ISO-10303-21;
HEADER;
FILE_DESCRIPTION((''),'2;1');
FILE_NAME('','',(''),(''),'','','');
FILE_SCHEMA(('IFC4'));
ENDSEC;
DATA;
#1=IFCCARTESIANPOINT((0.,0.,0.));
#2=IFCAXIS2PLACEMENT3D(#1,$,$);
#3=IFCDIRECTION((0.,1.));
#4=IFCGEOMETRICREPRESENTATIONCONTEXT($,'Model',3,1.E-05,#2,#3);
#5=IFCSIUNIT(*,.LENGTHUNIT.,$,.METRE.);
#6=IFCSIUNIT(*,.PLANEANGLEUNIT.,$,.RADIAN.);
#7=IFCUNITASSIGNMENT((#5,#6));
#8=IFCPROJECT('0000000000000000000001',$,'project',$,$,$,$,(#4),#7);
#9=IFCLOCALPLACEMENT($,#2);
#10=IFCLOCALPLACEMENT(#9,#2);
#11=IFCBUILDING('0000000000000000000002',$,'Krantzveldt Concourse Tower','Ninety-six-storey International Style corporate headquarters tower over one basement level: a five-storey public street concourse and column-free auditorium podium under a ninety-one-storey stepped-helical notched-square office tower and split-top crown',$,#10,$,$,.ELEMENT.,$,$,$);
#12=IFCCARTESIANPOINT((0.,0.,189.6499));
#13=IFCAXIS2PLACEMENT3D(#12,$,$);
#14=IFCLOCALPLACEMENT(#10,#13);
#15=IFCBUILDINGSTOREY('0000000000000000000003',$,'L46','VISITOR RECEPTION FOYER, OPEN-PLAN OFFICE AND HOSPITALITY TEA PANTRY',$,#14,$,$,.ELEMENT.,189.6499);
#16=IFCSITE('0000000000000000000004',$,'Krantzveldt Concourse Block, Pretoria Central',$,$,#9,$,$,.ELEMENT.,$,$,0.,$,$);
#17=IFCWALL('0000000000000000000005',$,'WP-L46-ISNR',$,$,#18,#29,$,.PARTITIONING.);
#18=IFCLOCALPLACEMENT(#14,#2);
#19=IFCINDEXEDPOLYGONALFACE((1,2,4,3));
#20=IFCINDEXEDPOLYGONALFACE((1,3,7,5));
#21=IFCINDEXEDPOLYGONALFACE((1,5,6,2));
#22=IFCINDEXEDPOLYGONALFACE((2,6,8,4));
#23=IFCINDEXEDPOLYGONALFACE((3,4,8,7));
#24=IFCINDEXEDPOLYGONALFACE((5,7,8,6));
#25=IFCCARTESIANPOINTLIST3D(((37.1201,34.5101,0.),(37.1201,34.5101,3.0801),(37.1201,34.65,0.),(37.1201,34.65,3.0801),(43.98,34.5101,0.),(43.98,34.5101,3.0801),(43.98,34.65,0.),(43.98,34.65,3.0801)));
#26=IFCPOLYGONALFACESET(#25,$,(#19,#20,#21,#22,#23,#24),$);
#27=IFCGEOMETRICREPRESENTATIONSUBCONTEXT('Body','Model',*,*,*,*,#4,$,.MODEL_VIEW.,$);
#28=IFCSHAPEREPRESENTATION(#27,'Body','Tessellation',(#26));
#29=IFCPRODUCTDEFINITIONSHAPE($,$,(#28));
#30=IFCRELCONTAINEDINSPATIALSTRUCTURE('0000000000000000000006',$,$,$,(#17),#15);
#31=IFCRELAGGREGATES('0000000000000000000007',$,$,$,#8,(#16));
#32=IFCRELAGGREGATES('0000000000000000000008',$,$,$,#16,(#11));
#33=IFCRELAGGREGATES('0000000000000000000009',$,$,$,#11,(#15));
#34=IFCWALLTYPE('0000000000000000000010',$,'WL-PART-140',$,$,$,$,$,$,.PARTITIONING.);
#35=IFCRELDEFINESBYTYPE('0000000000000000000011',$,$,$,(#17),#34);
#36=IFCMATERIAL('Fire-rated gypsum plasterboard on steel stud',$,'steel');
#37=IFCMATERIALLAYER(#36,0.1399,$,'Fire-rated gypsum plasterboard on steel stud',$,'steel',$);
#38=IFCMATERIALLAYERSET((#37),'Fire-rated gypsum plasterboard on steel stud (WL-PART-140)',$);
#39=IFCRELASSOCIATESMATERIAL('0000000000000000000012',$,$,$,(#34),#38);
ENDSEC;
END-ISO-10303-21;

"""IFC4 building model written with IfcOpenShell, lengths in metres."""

from ifc_helpers import new_model, si_unit, direction, frame, frame_2d, origin, place, context, subcontext, project, spatial, rectangle, extrude, material, layer, layer_set, type_object, element, save


model = new_model("IFC4")

# Units and contexts
model_context = context("Model", 3, precision=1e-05, world=origin(), true_north=direction((0.0, 1.0)))
body_context = subcontext(model_context, "Body", "Model", "MODEL_VIEW")
ifc_project = project(units=[si_unit("LENGTHUNIT", "METRE"), si_unit("PLANEANGLEUNIT", "RADIAN")], contexts=[model_context])

# Site, building, storey
site_placement = place(None, origin())
site = spatial("IfcSite", under=ifc_project, at=site_placement, Name="Krantzveldt Concourse Block, Pretoria Central", CompositionType="ELEMENT", RefElevation=0.0)
building_placement = place(site_placement, origin())
building = spatial("IfcBuilding", under=site, at=building_placement, Name="Krantzveldt Concourse Tower", Description="Ninety-six-storey International Style corporate headquarters tower over one basement level: a five-storey public street concourse and column-free auditorium podium under a ninety-one-storey stepped-helical notched-square office tower and split-top crown", CompositionType="ELEMENT")
storey_placement = place(building_placement, frame((0.0, 0.0, 189.6499)))
storey = spatial("IfcBuildingStorey", under=building, at=storey_placement, Name="L46", Description="VISITOR RECEPTION FOYER, OPEN-PLAN OFFICE AND HOSPITALITY TEA PANTRY", CompositionType="ELEMENT", Elevation=189.6499)

# Shared definitions
ifc_material_1 = material(Name="Fire-rated gypsum plasterboard on steel stud", Category="steel")

# Shared definitions
ifc_layer_1 = layer(ifc_material_1, 0.1399, Name="Fire-rated gypsum plasterboard on steel stud", Category="steel")
ifc_layer_set_1 = layer_set([ifc_layer_1], Name="Fire-rated gypsum plasterboard on steel stud (WL-PART-140)")
wall_type_1 = type_object("IfcWallType", Name="WL-PART-140", PredefinedType="PARTITIONING", material=ifc_layer_set_1)

# Wall
wall_1_placement = place(storey_placement, frame((37.1201, 34.5801, 0.0), z_axis=(0.0, 0.0, 1.0), x_axis=(1.0, 0.0, 0.0)))
element("IfcWall", 1, at=wall_1_placement, inside=storey, type_object=wall_type_1, Name="WP-L46-ISNR", PredefinedType="PARTITIONING", context=body_context, shape_type="SweptSolid", body=[
    extrude(rectangle(XDim=6.8599, YDim=0.1399, at=frame_2d((3.4299, 0.0))), origin(), (0.0, 0.0, 1.0), 3.0801),
])

save(model, "model.ifc")
